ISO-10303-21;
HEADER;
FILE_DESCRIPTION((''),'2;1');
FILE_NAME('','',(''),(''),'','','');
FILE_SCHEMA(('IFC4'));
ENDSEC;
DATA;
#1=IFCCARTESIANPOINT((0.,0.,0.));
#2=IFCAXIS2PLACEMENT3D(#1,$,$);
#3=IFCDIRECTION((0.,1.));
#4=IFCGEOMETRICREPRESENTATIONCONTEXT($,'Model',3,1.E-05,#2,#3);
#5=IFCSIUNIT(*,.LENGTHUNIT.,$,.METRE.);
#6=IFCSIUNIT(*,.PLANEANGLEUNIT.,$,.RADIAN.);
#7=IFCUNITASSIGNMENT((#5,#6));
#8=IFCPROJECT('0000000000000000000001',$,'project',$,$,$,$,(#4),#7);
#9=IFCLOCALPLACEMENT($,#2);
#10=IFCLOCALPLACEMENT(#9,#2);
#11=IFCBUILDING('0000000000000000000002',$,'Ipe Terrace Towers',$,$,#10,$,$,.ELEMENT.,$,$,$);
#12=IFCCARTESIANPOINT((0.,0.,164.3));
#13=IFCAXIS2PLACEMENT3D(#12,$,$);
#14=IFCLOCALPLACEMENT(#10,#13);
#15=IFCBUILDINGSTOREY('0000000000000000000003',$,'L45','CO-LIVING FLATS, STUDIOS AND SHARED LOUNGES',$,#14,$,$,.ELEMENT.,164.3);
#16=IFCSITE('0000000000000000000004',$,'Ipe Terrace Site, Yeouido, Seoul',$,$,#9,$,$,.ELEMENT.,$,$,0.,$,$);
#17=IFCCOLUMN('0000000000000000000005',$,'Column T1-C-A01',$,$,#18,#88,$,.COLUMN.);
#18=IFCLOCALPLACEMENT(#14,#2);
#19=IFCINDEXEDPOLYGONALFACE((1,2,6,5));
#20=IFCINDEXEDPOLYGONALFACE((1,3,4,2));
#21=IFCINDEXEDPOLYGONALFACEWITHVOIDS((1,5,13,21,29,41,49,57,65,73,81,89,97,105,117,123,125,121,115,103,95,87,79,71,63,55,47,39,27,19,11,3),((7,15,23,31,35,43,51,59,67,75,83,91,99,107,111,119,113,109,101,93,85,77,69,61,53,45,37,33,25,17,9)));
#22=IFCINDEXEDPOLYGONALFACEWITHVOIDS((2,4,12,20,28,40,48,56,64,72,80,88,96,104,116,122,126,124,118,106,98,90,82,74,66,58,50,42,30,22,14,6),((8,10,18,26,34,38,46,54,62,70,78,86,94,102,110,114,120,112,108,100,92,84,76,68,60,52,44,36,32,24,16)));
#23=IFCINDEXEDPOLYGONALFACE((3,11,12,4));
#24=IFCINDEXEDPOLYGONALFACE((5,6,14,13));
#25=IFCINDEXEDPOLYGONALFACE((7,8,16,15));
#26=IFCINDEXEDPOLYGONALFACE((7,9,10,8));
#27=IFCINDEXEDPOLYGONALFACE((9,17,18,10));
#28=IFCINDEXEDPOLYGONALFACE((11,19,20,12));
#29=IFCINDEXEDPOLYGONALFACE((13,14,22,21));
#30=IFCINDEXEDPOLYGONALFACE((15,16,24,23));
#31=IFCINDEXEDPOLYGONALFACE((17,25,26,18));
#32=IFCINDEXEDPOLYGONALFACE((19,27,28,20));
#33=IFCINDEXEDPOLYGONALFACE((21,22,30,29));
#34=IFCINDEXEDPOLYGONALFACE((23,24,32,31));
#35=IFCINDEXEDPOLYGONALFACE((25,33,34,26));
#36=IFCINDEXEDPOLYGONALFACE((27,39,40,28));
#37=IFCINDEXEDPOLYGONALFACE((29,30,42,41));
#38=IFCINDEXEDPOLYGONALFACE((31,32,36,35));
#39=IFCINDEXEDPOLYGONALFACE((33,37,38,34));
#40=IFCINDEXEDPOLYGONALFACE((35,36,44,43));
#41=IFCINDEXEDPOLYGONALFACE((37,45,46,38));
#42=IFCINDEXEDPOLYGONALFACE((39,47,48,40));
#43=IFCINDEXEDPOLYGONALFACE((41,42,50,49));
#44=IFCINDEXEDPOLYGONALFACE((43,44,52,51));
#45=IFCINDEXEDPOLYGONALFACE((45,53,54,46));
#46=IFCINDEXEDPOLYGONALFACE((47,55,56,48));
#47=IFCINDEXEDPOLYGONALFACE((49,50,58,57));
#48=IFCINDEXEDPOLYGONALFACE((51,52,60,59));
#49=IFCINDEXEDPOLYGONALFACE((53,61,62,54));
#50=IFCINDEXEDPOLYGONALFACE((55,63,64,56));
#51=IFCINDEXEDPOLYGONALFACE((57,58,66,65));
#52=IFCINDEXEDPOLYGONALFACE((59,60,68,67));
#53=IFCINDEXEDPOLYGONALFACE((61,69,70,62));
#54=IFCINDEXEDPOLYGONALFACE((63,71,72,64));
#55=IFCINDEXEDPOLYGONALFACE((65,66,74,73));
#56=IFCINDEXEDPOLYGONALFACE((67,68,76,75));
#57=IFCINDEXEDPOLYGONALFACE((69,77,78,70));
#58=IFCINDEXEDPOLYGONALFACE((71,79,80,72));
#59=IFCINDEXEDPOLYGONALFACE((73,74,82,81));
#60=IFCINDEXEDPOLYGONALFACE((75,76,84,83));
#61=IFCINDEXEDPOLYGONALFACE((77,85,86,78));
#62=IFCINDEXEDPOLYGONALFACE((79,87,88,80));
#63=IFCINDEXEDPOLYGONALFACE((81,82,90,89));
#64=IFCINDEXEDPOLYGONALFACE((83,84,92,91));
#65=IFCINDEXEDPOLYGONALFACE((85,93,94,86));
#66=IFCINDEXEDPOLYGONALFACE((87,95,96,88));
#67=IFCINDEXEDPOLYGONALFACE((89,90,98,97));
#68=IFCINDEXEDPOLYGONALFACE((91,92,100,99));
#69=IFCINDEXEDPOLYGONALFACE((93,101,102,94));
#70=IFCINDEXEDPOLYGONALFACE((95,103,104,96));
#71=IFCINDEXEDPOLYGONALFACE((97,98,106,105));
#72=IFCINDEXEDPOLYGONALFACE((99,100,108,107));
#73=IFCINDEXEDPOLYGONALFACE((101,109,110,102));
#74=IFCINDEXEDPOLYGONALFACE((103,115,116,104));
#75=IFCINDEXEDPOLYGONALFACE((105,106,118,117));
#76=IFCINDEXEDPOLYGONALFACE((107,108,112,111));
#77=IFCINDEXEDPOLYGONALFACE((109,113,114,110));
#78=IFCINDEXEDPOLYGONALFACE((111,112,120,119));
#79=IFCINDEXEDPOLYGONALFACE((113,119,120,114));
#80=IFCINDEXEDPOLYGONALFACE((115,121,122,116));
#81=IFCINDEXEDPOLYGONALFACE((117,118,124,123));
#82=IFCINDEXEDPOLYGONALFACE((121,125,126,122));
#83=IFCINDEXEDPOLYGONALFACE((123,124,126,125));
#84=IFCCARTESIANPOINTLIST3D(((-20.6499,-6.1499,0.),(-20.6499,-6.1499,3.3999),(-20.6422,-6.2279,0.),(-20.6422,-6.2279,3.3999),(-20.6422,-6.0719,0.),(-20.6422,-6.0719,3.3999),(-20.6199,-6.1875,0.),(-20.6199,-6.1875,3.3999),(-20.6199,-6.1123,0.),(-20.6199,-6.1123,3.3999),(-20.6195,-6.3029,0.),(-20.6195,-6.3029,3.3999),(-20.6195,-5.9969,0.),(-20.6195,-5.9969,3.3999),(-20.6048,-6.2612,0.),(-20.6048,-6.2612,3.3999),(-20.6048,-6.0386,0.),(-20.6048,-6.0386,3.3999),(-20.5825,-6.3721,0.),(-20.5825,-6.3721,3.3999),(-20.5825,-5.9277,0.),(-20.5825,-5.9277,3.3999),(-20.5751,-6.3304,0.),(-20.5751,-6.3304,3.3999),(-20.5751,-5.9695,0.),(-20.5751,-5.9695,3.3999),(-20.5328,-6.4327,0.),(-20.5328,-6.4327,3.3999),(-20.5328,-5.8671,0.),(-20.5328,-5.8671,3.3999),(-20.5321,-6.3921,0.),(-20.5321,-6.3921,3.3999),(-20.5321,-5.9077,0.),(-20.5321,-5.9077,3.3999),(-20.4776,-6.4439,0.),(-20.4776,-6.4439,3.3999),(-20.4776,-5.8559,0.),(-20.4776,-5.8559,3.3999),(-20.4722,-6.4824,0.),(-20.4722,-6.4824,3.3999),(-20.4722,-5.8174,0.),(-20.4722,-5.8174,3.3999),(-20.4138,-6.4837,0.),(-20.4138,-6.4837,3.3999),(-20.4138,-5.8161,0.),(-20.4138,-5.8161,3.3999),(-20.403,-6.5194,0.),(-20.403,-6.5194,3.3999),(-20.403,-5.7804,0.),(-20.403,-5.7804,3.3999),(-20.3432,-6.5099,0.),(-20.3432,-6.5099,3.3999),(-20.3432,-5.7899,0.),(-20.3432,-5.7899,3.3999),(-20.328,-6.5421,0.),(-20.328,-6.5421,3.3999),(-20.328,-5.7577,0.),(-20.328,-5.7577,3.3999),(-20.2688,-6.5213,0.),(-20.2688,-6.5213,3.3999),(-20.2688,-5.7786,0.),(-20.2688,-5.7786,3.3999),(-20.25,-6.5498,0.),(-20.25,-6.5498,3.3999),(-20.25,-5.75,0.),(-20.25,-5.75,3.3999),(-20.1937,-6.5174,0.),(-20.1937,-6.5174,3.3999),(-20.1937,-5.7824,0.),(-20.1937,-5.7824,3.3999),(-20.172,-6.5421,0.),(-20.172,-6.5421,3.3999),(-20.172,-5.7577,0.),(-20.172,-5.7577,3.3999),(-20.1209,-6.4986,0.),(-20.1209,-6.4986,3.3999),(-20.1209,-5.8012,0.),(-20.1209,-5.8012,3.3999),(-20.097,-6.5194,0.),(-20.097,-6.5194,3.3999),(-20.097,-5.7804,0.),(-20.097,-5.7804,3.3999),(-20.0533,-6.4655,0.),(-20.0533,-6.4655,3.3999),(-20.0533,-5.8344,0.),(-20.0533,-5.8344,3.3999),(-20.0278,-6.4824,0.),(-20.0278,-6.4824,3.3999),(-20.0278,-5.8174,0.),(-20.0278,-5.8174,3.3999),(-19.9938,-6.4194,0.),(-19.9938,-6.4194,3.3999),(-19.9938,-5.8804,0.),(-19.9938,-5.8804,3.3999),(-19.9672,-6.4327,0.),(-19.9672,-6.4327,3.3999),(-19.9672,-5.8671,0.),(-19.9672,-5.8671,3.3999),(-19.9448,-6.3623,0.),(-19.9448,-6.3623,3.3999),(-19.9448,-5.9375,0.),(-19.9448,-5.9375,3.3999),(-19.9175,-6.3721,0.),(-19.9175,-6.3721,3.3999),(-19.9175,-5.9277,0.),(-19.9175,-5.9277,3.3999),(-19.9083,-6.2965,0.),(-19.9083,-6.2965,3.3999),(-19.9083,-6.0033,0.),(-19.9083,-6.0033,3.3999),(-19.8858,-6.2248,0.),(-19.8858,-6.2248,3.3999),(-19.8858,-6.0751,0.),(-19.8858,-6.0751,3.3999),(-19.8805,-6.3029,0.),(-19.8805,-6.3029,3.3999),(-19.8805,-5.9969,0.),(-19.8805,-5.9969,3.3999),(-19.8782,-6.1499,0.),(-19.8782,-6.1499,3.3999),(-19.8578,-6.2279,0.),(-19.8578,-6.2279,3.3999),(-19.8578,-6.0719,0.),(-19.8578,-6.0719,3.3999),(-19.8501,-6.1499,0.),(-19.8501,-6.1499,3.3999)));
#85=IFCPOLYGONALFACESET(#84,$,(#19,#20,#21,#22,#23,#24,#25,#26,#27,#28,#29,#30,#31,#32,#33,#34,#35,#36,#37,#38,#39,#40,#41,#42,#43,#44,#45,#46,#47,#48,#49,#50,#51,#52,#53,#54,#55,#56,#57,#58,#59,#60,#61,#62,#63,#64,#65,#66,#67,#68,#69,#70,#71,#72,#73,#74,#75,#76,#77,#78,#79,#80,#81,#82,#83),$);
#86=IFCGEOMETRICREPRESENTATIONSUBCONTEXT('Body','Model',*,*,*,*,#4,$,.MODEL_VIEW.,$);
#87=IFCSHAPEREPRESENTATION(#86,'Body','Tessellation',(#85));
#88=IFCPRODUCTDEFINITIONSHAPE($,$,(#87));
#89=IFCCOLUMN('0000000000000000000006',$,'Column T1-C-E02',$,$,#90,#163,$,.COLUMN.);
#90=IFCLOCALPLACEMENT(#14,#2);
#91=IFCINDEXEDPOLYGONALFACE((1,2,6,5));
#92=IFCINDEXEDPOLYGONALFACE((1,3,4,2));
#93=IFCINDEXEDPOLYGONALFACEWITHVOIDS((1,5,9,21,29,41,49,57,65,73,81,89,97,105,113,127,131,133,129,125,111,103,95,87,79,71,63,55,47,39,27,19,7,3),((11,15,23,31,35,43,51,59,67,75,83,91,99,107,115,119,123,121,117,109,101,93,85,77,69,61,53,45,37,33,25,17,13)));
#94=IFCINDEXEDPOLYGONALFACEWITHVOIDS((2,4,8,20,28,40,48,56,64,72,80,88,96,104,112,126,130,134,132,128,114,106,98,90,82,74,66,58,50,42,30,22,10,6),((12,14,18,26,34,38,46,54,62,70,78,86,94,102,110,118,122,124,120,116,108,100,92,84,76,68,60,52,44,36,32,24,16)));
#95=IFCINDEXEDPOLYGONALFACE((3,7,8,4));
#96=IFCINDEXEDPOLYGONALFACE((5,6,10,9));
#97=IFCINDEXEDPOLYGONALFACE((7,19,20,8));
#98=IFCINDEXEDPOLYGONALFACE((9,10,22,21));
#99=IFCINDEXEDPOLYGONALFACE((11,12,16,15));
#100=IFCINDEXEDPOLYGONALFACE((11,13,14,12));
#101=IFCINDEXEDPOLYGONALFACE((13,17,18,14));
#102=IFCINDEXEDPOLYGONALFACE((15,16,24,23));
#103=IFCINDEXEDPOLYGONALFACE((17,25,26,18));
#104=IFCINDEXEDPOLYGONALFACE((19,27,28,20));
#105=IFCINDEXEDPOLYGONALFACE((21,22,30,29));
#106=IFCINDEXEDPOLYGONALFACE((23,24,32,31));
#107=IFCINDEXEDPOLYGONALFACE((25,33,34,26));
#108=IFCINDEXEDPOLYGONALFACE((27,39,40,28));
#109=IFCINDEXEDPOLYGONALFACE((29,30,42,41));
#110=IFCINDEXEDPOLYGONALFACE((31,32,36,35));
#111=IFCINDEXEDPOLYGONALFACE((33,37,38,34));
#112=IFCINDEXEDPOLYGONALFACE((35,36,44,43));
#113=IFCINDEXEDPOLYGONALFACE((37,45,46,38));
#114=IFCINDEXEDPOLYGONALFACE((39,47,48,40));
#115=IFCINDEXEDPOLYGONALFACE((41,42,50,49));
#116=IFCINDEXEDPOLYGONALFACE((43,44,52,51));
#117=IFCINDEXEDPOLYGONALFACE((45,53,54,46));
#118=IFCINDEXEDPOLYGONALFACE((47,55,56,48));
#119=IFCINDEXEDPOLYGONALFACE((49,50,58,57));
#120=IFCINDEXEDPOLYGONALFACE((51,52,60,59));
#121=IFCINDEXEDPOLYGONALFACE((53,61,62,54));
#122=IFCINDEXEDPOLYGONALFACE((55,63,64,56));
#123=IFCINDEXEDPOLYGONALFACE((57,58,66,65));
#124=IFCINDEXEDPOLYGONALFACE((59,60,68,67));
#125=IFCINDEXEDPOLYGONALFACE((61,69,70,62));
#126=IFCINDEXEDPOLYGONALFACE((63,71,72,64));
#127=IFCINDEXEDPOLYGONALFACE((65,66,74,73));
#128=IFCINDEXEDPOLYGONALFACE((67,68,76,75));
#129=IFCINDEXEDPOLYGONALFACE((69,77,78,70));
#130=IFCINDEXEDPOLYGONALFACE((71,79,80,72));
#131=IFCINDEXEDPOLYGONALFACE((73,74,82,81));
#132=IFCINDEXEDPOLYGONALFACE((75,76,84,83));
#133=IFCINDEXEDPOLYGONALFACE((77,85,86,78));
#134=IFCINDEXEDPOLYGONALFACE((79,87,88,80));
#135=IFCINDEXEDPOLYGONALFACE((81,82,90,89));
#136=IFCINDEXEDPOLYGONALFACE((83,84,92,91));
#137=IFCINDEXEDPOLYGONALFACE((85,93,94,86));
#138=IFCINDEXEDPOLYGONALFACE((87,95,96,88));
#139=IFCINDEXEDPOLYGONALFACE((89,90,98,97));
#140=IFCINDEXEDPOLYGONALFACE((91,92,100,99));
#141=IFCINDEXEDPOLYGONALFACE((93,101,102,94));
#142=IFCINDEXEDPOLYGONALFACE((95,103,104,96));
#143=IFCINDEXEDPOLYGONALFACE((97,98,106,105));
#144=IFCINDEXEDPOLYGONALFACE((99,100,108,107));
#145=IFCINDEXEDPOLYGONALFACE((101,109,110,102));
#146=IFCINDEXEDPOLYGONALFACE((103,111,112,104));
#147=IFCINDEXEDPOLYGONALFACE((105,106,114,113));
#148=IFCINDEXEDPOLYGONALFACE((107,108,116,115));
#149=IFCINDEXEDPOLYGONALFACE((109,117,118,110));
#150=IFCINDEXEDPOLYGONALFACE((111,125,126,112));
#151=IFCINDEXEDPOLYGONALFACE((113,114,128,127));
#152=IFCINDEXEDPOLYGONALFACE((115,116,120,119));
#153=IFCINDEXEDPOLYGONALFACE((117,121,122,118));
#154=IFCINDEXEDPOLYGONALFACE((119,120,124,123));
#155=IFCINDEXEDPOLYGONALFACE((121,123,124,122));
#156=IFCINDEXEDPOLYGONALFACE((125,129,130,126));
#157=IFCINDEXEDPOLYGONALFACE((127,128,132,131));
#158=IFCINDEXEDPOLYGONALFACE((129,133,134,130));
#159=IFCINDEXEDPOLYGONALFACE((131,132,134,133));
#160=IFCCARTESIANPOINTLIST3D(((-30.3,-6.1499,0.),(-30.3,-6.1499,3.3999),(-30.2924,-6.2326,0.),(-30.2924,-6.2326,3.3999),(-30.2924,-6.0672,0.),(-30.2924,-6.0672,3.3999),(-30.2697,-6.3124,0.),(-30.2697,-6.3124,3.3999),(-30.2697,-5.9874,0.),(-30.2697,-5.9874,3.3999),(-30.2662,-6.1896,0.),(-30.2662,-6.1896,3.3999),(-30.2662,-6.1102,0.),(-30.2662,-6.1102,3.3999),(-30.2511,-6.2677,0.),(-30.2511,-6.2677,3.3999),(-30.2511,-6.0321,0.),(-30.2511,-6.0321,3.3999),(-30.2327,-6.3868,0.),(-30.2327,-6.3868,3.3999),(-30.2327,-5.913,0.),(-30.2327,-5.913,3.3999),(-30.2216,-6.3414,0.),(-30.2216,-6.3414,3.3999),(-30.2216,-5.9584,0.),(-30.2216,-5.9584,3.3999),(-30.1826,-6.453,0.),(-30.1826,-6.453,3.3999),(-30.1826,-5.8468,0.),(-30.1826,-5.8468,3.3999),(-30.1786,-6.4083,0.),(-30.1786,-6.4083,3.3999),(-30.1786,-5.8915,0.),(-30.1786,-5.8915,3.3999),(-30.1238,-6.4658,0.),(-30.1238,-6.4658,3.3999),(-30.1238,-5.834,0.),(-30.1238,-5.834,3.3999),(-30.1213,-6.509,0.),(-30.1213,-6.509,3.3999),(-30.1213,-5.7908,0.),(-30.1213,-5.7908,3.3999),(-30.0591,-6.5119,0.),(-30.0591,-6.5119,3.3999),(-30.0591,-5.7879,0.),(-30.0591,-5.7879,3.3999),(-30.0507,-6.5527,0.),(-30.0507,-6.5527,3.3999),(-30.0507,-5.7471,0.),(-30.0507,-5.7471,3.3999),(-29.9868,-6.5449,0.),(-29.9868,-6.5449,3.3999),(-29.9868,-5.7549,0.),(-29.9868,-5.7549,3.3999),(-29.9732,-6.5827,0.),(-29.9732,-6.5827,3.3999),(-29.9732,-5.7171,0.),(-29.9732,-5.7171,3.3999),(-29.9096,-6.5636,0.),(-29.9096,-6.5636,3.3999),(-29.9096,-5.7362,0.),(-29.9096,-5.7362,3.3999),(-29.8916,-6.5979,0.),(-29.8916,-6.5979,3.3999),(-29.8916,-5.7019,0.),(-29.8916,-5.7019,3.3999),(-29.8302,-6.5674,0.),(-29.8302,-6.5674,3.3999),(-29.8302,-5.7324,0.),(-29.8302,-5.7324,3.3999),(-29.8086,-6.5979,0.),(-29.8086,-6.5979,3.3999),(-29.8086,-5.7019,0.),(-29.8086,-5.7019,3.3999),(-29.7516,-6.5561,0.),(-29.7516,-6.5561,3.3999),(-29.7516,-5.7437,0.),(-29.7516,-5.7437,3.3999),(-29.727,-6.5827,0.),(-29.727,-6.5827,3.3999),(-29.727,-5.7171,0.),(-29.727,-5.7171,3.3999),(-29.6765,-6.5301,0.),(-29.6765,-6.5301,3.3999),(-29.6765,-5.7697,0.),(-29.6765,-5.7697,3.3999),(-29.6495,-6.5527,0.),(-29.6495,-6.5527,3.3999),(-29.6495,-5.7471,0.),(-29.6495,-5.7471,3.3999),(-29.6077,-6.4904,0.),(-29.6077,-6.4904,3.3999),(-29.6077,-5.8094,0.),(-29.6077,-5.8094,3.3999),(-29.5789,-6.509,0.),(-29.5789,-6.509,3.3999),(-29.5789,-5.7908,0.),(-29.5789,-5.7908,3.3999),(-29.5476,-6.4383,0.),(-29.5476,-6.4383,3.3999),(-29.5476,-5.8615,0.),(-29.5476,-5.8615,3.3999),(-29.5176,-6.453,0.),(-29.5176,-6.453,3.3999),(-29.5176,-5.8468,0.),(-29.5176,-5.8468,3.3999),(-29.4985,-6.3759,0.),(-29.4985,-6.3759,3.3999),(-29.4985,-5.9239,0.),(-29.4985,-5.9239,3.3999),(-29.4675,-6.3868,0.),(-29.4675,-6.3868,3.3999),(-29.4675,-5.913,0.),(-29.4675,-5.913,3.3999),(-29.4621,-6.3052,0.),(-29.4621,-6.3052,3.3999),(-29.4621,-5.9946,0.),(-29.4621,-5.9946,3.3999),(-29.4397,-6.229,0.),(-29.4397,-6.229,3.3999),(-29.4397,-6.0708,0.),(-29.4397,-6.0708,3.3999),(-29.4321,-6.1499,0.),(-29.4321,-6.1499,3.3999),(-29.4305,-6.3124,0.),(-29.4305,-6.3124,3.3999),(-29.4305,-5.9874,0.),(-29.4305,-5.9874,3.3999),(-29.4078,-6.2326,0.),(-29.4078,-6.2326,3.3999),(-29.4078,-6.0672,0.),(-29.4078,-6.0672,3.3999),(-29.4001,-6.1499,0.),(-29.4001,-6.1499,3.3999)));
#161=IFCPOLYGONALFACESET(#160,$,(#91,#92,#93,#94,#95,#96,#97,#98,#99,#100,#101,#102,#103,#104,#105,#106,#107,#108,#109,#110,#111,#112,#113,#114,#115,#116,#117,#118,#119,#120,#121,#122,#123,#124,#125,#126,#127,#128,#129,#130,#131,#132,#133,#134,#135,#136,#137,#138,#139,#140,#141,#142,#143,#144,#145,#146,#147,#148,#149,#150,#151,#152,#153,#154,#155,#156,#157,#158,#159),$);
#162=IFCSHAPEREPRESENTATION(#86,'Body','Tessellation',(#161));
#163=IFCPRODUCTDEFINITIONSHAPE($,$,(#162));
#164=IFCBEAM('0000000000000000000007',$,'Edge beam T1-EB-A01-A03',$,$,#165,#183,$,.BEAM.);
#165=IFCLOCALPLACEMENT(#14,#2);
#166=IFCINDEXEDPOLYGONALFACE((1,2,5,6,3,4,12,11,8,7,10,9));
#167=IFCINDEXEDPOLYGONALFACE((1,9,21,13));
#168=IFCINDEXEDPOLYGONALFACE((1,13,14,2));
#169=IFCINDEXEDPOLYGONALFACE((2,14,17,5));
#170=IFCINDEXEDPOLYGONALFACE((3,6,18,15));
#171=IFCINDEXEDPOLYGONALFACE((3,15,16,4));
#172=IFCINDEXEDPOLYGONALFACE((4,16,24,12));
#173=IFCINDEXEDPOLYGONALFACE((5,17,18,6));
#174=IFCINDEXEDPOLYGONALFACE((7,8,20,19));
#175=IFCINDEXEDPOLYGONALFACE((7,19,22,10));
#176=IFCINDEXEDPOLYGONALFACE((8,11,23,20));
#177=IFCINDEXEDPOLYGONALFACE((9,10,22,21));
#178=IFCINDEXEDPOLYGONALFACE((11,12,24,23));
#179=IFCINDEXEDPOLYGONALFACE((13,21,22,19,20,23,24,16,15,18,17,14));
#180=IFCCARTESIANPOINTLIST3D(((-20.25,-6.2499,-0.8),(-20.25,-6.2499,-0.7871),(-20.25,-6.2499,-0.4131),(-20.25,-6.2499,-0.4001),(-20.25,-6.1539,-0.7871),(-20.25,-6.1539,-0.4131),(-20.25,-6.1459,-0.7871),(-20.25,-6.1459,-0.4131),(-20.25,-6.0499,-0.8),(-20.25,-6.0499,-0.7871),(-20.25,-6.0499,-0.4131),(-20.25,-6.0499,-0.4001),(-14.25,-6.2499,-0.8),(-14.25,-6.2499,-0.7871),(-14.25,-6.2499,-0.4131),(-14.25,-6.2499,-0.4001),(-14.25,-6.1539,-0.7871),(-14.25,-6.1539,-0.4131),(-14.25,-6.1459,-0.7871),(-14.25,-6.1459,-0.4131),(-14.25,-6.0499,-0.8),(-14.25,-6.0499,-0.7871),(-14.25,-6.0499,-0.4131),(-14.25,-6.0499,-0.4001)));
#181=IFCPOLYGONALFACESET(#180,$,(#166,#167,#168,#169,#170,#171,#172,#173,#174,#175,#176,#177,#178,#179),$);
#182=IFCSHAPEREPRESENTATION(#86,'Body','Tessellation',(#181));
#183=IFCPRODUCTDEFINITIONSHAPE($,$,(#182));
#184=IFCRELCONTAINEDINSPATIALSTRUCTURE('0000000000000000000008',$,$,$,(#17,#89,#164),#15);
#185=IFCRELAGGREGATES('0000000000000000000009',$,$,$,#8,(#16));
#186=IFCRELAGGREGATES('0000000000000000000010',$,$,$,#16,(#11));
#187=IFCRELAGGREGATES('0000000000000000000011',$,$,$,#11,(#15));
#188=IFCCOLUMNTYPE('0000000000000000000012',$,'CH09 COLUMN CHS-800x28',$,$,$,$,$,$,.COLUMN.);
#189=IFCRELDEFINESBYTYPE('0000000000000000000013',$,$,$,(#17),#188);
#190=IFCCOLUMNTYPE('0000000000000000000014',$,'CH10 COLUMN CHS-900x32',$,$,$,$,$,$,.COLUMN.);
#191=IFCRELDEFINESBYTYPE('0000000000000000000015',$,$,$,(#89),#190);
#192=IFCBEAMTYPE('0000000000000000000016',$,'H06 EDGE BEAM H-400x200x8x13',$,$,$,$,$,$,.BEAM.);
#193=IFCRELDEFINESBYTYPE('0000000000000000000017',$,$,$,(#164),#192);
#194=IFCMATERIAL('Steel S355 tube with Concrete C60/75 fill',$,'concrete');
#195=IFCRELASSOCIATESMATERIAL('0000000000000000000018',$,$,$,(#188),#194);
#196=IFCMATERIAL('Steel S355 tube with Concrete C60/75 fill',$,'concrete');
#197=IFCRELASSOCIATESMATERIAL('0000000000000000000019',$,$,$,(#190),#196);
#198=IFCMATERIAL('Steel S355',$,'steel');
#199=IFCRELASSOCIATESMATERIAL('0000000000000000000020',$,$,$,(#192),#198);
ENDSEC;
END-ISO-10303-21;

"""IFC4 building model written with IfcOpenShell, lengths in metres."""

from ifc_helpers import new_model, si_unit, direction, frame, origin, origin_2d, place, context, subcontext, project, spatial, hollow_circle, i_section, extrude, material, material_profile, profile_set, type_object, element, save


model = new_model("IFC4")

# Units and contexts
model_context = context("Model", 3, precision=1e-05, world=origin(), true_north=direction((0.0, 1.0)))
body_context = subcontext(model_context, "Body", "Model", "MODEL_VIEW")
ifc_project = project(units=[si_unit("LENGTHUNIT", "METRE"), si_unit("PLANEANGLEUNIT", "RADIAN")], contexts=[model_context])

# Site, building, storey
site_placement = place(None, origin())
site = spatial("IfcSite", under=ifc_project, at=site_placement, Name="Ipe Terrace Site, Yeouido, Seoul", CompositionType="ELEMENT", RefElevation=0.0)
building_placement = place(site_placement, origin())
building = spatial("IfcBuilding", under=site, at=building_placement, Name="Ipe Terrace Towers", CompositionType="ELEMENT")
storey_placement = place(building_placement, frame((0.0, 0.0, 164.3)))
storey = spatial("IfcBuildingStorey", under=building, at=storey_placement, Name="L45", Description="CO-LIVING FLATS, STUDIOS AND SHARED LOUNGES", CompositionType="ELEMENT", Elevation=164.3)

# Columns
ifc_material_1 = material(Name="Steel S355 tube with Concrete C60/75 fill", Category="concrete")
ifc_material_profile_1 = material_profile(ifc_material_1, hollow_circle(Radius=0.3999, WallThickness=0.0281, at=origin_2d()), Name="CHS-800x28")
ifc_profile_set_1 = profile_set([ifc_material_profile_1], Name="Steel S355 tube with Concrete C60/75 fill")
column_type_1 = type_object("IfcColumnType", Name="CH09 COLUMN CHS-800x28", PredefinedType="COLUMN", material=ifc_profile_set_1)
column_1_placement = place(storey_placement, frame((-20.25, -6.1499, 0.0), z_axis=(0.0, 0.0, 1.0), x_axis=(1.0, 0.0, 0.0)))
element("IfcColumn", 1, at=column_1_placement, inside=storey, type_object=column_type_1, Name="Column T1-C-A01", PredefinedType="COLUMN", context=body_context, shape_type="SweptSolid", body=[
    extrude(hollow_circle(Radius=0.3999, WallThickness=0.0281, at=origin_2d()), origin(), (0.0, 0.0, 1.0), 3.3999),
])
ifc_material_2 = material(Name="Steel S355 tube with Concrete C60/75 fill", Category="concrete")
ifc_material_profile_2 = material_profile(ifc_material_2, hollow_circle(Radius=0.45, WallThickness=0.032, at=origin_2d()), Name="CHS-900x32")
ifc_profile_set_2 = profile_set([ifc_material_profile_2], Name="Steel S355 tube with Concrete C60/75 fill")
column_type_2 = type_object("IfcColumnType", Name="CH10 COLUMN CHS-900x32", PredefinedType="COLUMN", material=ifc_profile_set_2)
column_2_placement = place(storey_placement, frame((-29.8501, -6.1499, 0.0), z_axis=(0.0, 0.0, 1.0), x_axis=(1.0, 0.0, 0.0)))
element("IfcColumn", 2, at=column_2_placement, inside=storey, type_object=column_type_2, Name="Column T1-C-E02", PredefinedType="COLUMN", context=body_context, shape_type="SweptSolid", body=[
    extrude(hollow_circle(Radius=0.45, WallThickness=0.032, at=origin_2d()), origin(), (0.0, 0.0, 1.0), 3.3999),
])

# Beam
ifc_material_3 = material(Name="Steel S355", Category="steel")
ifc_material_profile_3 = material_profile(ifc_material_3, i_section(OverallWidth=0.2, OverallDepth=0.3999, WebThickness=0.0081, FlangeThickness=0.0129, at=origin_2d()), Name="H-400x200x8x13")
ifc_profile_set_3 = profile_set([ifc_material_profile_3], Name="Steel S355")
beam_type = type_object("IfcBeamType", Name="H06 EDGE BEAM H-400x200x8x13", PredefinedType="BEAM", material=ifc_profile_set_3)
beam_placement = place(storey_placement, frame((-20.25, -6.1499, -0.6001), z_axis=(1.0, 0.0, 0.0), x_axis=(0.0, 1.0, 0.0)))
element("IfcBeam", 3, at=beam_placement, inside=storey, type_object=beam_type, Name="Edge beam T1-EB-A01-A03", PredefinedType="BEAM", context=body_context, shape_type="SweptSolid", body=[
    extrude(i_section(OverallWidth=0.2, OverallDepth=0.3999, WebThickness=0.0081, FlangeThickness=0.0129, at=origin_2d()), origin(), (0.0, 0.0, 1.0), 6.0),
])

save(model, "model.ifc")
